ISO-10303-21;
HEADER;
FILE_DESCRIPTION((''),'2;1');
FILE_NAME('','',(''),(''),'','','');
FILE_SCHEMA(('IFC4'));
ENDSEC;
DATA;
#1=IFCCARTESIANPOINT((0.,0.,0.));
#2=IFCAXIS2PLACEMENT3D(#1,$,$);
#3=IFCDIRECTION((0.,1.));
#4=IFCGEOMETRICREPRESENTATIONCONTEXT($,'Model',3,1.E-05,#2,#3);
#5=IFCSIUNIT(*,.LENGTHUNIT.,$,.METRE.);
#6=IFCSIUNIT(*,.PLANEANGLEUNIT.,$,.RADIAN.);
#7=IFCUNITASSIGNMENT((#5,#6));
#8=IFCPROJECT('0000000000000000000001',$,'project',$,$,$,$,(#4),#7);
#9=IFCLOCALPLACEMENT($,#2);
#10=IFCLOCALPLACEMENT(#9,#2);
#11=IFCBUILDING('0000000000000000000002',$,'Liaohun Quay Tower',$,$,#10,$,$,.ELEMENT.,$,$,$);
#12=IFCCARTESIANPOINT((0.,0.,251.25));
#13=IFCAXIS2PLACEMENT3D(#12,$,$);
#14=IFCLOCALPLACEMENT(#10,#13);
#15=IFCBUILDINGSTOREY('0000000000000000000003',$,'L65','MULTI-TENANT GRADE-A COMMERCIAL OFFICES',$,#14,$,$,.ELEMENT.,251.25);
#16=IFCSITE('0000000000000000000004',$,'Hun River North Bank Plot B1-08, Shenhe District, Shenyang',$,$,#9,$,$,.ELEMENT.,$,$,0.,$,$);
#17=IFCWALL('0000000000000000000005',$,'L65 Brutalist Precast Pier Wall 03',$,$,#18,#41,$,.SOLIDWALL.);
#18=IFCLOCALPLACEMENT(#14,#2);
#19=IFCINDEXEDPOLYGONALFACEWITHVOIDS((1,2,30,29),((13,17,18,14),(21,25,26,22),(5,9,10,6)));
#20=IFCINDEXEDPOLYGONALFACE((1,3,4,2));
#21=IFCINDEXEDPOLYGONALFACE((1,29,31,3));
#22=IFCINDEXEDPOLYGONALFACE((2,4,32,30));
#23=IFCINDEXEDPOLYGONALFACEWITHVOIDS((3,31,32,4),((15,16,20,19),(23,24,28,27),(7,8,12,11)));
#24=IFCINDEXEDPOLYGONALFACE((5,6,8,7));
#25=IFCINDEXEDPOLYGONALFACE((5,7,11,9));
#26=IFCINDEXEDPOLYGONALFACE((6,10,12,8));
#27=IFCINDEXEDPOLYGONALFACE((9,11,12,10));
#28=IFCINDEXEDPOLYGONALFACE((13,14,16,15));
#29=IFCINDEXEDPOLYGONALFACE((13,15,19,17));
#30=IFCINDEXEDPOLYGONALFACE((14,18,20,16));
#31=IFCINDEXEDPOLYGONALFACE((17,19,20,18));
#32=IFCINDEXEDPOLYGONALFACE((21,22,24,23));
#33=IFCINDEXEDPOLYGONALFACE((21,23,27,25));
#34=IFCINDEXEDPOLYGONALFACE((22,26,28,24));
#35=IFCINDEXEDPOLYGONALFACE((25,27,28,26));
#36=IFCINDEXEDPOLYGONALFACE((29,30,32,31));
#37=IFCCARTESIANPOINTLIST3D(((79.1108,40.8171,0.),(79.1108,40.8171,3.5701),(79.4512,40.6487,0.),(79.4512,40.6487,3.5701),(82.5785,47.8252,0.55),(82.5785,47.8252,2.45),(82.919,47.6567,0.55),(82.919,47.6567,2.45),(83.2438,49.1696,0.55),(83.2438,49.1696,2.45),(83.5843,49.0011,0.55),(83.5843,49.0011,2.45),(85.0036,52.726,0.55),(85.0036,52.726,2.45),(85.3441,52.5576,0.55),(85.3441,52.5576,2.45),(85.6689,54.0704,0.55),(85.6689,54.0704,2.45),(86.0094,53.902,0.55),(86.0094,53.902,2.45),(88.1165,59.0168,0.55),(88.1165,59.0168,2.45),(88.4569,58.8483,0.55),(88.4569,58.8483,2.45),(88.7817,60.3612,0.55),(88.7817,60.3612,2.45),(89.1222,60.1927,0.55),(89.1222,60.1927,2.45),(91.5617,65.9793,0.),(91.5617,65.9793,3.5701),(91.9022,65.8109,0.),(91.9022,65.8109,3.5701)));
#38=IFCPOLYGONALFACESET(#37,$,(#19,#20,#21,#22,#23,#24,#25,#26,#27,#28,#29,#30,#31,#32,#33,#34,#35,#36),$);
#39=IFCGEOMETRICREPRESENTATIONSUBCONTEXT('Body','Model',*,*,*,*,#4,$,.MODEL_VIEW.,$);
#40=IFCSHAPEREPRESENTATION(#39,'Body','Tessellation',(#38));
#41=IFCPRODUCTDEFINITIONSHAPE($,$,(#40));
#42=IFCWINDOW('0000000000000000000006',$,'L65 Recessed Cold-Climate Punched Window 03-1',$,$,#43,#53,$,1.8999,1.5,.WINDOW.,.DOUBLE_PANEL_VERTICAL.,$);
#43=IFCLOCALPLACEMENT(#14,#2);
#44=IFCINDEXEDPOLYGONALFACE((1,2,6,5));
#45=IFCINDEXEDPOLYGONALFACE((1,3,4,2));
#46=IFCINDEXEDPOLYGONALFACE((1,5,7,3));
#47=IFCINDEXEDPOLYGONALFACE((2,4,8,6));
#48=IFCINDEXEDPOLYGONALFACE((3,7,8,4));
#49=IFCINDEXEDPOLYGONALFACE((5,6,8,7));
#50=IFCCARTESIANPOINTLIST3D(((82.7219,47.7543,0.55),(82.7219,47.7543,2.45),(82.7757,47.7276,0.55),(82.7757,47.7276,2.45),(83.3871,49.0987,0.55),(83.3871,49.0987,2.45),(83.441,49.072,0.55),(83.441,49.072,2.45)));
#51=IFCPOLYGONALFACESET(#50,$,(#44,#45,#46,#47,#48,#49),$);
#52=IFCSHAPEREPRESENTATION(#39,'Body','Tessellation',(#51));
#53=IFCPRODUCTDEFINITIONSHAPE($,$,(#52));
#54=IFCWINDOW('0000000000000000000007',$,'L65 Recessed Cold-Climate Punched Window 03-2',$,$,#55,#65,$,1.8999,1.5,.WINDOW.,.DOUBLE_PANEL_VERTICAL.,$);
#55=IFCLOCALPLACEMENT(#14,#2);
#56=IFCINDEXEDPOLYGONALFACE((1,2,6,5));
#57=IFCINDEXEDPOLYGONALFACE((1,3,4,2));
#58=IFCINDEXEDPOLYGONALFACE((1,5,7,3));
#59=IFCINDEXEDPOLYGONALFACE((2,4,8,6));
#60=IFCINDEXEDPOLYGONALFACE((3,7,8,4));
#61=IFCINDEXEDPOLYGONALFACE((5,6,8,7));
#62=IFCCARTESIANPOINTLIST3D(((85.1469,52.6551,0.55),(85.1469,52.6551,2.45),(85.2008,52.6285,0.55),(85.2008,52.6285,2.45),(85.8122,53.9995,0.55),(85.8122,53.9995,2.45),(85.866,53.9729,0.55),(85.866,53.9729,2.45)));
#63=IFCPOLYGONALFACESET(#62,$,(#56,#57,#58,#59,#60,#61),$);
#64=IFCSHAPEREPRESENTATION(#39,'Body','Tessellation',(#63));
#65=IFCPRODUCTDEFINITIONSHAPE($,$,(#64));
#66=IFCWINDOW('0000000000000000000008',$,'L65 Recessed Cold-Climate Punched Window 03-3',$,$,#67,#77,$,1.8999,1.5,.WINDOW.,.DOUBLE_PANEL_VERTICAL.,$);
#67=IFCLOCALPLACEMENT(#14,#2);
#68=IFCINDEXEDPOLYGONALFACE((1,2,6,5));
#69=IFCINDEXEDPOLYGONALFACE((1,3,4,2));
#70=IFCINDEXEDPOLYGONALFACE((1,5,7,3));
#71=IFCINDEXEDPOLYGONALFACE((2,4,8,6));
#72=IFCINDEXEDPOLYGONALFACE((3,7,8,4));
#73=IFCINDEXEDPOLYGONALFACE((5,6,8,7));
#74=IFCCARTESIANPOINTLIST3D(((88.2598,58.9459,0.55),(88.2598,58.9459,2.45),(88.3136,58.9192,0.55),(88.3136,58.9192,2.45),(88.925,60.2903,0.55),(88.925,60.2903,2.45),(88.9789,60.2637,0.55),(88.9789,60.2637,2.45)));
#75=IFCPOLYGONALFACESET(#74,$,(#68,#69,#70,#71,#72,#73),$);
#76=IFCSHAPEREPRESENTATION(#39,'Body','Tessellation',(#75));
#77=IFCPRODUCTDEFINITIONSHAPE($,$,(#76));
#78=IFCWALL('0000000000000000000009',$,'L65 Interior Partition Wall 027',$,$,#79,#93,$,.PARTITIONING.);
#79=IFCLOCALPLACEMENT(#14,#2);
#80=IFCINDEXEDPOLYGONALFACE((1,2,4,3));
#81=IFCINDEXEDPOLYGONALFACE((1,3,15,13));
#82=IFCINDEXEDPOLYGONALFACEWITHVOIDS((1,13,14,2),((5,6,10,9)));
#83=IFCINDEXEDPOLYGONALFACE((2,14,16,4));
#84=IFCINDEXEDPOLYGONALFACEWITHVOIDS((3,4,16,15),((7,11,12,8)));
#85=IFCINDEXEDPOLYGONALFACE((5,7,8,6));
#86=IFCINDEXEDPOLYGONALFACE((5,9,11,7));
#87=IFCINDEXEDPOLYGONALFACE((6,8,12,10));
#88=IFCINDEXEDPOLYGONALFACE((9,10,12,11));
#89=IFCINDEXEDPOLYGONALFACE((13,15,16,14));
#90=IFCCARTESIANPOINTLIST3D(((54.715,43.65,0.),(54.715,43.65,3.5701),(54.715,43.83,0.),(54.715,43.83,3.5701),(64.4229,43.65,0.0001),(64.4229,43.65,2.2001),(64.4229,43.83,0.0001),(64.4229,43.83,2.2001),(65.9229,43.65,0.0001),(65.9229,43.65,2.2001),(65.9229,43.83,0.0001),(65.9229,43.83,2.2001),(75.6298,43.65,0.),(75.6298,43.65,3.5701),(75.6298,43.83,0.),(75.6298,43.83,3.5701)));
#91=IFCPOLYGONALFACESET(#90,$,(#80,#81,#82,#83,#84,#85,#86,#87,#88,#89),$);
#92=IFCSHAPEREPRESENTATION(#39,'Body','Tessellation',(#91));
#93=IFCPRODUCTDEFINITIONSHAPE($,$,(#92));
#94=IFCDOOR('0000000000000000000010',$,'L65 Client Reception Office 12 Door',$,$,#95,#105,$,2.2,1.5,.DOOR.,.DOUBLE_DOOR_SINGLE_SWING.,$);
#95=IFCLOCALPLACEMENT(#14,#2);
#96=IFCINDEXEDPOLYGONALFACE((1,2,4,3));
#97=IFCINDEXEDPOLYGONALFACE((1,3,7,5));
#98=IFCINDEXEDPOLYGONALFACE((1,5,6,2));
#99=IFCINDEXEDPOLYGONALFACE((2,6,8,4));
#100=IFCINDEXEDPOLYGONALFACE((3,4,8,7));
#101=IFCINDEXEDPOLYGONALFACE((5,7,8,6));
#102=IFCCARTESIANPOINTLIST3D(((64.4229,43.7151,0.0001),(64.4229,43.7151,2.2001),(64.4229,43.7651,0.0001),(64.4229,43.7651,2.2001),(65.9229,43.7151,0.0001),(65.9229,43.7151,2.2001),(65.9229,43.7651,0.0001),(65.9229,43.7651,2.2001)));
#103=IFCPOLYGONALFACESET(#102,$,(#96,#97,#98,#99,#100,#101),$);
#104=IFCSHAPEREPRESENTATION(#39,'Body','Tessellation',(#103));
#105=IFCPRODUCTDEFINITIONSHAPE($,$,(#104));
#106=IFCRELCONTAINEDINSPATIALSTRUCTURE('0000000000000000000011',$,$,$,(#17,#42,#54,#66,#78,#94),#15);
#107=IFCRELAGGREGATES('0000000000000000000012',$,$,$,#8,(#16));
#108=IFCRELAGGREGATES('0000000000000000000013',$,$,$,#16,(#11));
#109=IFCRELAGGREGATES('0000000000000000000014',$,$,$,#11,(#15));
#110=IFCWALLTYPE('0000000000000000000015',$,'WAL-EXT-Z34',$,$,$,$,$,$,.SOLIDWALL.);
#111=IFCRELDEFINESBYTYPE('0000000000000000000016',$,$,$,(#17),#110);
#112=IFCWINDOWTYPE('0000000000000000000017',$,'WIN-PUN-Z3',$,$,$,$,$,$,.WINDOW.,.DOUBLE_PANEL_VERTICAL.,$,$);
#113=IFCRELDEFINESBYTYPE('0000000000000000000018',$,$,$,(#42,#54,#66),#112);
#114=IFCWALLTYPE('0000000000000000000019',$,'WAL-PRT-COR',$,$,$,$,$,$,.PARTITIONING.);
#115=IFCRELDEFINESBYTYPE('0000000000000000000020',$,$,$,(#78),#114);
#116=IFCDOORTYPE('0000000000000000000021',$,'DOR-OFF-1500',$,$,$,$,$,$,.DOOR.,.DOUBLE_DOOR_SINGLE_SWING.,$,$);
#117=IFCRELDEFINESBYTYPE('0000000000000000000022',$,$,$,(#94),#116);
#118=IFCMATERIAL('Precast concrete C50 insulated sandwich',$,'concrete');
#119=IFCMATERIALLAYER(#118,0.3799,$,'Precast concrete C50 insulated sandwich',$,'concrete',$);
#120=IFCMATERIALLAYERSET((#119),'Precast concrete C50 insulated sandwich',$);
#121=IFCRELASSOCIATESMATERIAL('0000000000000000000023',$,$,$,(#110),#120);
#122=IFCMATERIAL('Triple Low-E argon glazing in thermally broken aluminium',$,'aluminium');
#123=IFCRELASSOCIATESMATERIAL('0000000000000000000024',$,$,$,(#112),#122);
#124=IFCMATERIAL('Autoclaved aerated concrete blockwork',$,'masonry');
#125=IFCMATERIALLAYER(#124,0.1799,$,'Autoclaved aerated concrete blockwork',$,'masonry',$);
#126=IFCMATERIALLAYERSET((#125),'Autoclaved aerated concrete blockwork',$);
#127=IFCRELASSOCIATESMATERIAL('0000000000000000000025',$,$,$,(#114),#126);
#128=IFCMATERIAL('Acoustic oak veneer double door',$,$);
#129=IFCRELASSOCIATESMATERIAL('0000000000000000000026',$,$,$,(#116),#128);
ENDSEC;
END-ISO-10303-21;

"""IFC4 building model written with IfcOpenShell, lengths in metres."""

from ifc_helpers import new_model, si_unit, direction, frame, frame_2d, origin, place, context, subcontext, project, spatial, rectangle, extrude, source, transform, mapped, material, layer, layer_set, type_object, element, fill, save


model = new_model("IFC4")

# Units and contexts
model_context = context("Model", 3, precision=1e-05, world=origin(), true_north=direction((0.0, 1.0)))
body_context = subcontext(model_context, "Body", "Model", "MODEL_VIEW")
ifc_project = project(units=[si_unit("LENGTHUNIT", "METRE"), si_unit("PLANEANGLEUNIT", "RADIAN")], contexts=[model_context])

# Site, building, storey
site_placement = place(None, origin())
site = spatial("IfcSite", under=ifc_project, at=site_placement, Name="Hun River North Bank Plot B1-08, Shenhe District, Shenyang", CompositionType="ELEMENT", RefElevation=0.0)
building_placement = place(site_placement, origin())
building = spatial("IfcBuilding", under=site, at=building_placement, Name="Liaohun Quay Tower", CompositionType="ELEMENT")
storey_placement = place(building_placement, frame((0.0, 0.0, 251.25)))
storey = spatial("IfcBuildingStorey", under=building, at=storey_placement, Name="L65", Description="MULTI-TENANT GRADE-A COMMERCIAL OFFICES", CompositionType="ELEMENT", Elevation=251.25)

# Shared definitions
ifc_material_1 = material(Name="Precast concrete C50 insulated sandwich", Category="concrete")
ifc_layer_1 = layer(ifc_material_1, 0.3799, Name="Precast concrete C50 insulated sandwich", Category="concrete")
ifc_layer_set_1 = layer_set([ifc_layer_1], Name="Precast concrete C50 insulated sandwich")
wall_type_1 = type_object("IfcWallType", Name="WAL-EXT-Z34", PredefinedType="SOLIDWALL", material=ifc_layer_set_1)

# Wall, openings, windows
shared_shape_1 = source(origin(), body_context, "Body", "SweptSolid", [
    extrude(rectangle(XDim=1.5, YDim=1.8999, at=frame_2d((0.75, 0.95))), frame((0.0, 0.2, 0.0), z_axis=(0.0, -1.0, 0.0), x_axis=(1.0, 0.0, 0.0)), (0.0, 0.0, 1.0), 0.3999),
])
ifc_material_2 = material(Name="Triple Low-E argon glazing in thermally broken aluminium", Category="aluminium")
window_type_1 = type_object("IfcWindowType", Name="WIN-PUN-Z3", PartitioningType="DOUBLE_PANEL_VERTICAL", PredefinedType="WINDOW", material=ifc_material_2)
shared_shape_2 = source(origin(), body_context, "Body", "SweptSolid", [
    extrude(rectangle(XDim=1.5, YDim=1.8999, at=frame_2d((0.75, 0.95))), frame((0.0, 0.03, 0.0), z_axis=(0.0, -1.0, 0.0), x_axis=(1.0, 0.0, 0.0)), (0.0, 0.0, 1.0), 0.0601),
])
wall_1_placement = place(storey_placement, frame((79.281, 40.7329, 0.0), z_axis=(0.0, 0.0, 1.0), x_axis=(0.443502, 0.896274, 0.0)))
wall_1 = element("IfcWall", 1, at=wall_1_placement, inside=storey, type_object=wall_type_1, Name="L65 Brutalist Precast Pier Wall 03", PredefinedType="SOLIDWALL", context=body_context, shape_type="SweptSolid", body=[
    extrude(rectangle(XDim=28.0742, YDim=0.3799, at=frame_2d((14.0371, 0.0))), origin(), (0.0, 0.0, 1.0), 3.5701),
])
opening_1_placement = place(wall_1_placement, frame((7.8191, 0.0, 0.55)))
opening_1 = element("IfcOpeningElement", 2, at=opening_1_placement, cuts=wall_1, PredefinedType="OPENING", context=body_context, shape_type="MappedRepresentation", body=[
    mapped(shared_shape_1, transform((0.0, 0.0, 0.0), x_axis=(1.0, 0.0, 0.0), y_axis=(0.0, 1.0, 0.0), z_axis=(0.0, 0.0, 1.0), scale=1.0)),
])
opening_2_placement = place(wall_1_placement, frame((13.2871, 0.0, 0.55)))
opening_2 = element("IfcOpeningElement", 3, at=opening_2_placement, cuts=wall_1, PredefinedType="OPENING", context=body_context, shape_type="MappedRepresentation", body=[
    mapped(shared_shape_1, transform((0.0, 0.0, 0.0), x_axis=(1.0, 0.0, 0.0), y_axis=(0.0, 1.0, 0.0), z_axis=(0.0, 0.0, 1.0), scale=1.0)),
])
opening_3_placement = place(wall_1_placement, frame((20.3059, 0.0, 0.55)))
opening_3 = element("IfcOpeningElement", 4, at=opening_3_placement, cuts=wall_1, PredefinedType="OPENING", context=body_context, shape_type="MappedRepresentation", body=[
    mapped(shared_shape_1, transform((0.0, 0.0, 0.0), x_axis=(1.0, 0.0, 0.0), y_axis=(0.0, 1.0, 0.0), z_axis=(0.0, 0.0, 1.0), scale=1.0)),
])
window_1_placement = place(opening_1_placement, origin())
window_1 = element("IfcWindow", 5, at=window_1_placement, inside=storey, type_object=window_type_1, Name="L65 Recessed Cold-Climate Punched Window 03-1", OverallHeight=1.8999, OverallWidth=1.5, PartitioningType="DOUBLE_PANEL_VERTICAL", PredefinedType="WINDOW", context=body_context, shape_type="MappedRepresentation", body=[
    mapped(shared_shape_2, transform((0.0, 0.0, 0.0), x_axis=(1.0, 0.0, 0.0), y_axis=(0.0, 1.0, 0.0), z_axis=(0.0, 0.0, 1.0), scale=1.0)),
])
fill(opening_1, window_1)
window_2_placement = place(opening_2_placement, origin())
window_2 = element("IfcWindow", 6, at=window_2_placement, inside=storey, type_object=window_type_1, Name="L65 Recessed Cold-Climate Punched Window 03-2", OverallHeight=1.8999, OverallWidth=1.5, PartitioningType="DOUBLE_PANEL_VERTICAL", PredefinedType="WINDOW", context=body_context, shape_type="MappedRepresentation", body=[
    mapped(shared_shape_2, transform((0.0, 0.0, 0.0), x_axis=(1.0, 0.0, 0.0), y_axis=(0.0, 1.0, 0.0), z_axis=(0.0, 0.0, 1.0), scale=1.0)),
])
fill(opening_2, window_2)
window_3_placement = place(opening_3_placement, origin())
window_3 = element("IfcWindow", 7, at=window_3_placement, inside=storey, type_object=window_type_1, Name="L65 Recessed Cold-Climate Punched Window 03-3", OverallHeight=1.8999, OverallWidth=1.5, PartitioningType="DOUBLE_PANEL_VERTICAL", PredefinedType="WINDOW", context=body_context, shape_type="MappedRepresentation", body=[
    mapped(shared_shape_2, transform((0.0, 0.0, 0.0), x_axis=(1.0, 0.0, 0.0), y_axis=(0.0, 1.0, 0.0), z_axis=(0.0, 0.0, 1.0), scale=1.0)),
])
fill(opening_3, window_3)

# Wall, opening, door
ifc_material_3 = material(Name="Autoclaved aerated concrete blockwork", Category="masonry")
ifc_layer_2 = layer(ifc_material_3, 0.1799, Name="Autoclaved aerated concrete blockwork", Category="masonry")
ifc_layer_set_2 = layer_set([ifc_layer_2], Name="Autoclaved aerated concrete blockwork")
wall_type_2 = type_object("IfcWallType", Name="WAL-PRT-COR", PredefinedType="PARTITIONING", material=ifc_layer_set_2)
wall_2_placement = place(storey_placement, frame((75.6299, 43.74, 0.0), z_axis=(0.0, 0.0, 1.0), x_axis=(-1.0, 0.0, 0.0)))
wall_2 = element("IfcWall", 8, at=wall_2_placement, inside=storey, type_object=wall_type_2, Name="L65 Interior Partition Wall 027", PredefinedType="PARTITIONING", context=body_context, shape_type="SweptSolid", body=[
    extrude(rectangle(XDim=20.9148, YDim=0.1799, at=frame_2d((10.4575, 0.0))), origin(), (0.0, 0.0, 1.0), 3.5701),
])
shared_shape_3 = source(origin(), body_context, "Body", "SweptSolid", [
    extrude(rectangle(XDim=1.5, YDim=2.2, at=frame_2d((0.75, 1.1001))), frame((0.0, 0.0999, 0.0), z_axis=(0.0, -1.0, 0.0), x_axis=(1.0, 0.0, 0.0)), (0.0, 0.0, 1.0), 0.2),
])
opening_4_placement = place(wall_2_placement, frame((9.707, 0.0, 0.0)))
opening_4 = element("IfcOpeningElement", 9, at=opening_4_placement, cuts=wall_2, PredefinedType="OPENING", context=body_context, shape_type="MappedRepresentation", body=[
    mapped(shared_shape_3, transform((0.0, 0.0, 0.0), x_axis=(1.0, 0.0, 0.0), y_axis=(0.0, 1.0, 0.0), z_axis=(0.0, 0.0, 1.0), scale=1.0)),
])
ifc_material_4 = material(Name="Acoustic oak veneer double door")
door_type = type_object("IfcDoorType", Name="DOR-OFF-1500", OperationType="DOUBLE_DOOR_SINGLE_SWING", PredefinedType="DOOR", material=ifc_material_4)
shared_shape_4 = source(origin(), body_context, "Body", "SweptSolid", [
    extrude(rectangle(XDim=1.5, YDim=2.2, at=frame_2d((0.75, 1.1001))), frame((0.0, 0.0249, 0.0), z_axis=(0.0, -1.0, 0.0), x_axis=(1.0, 0.0, 0.0)), (0.0, 0.0, 1.0), 0.05),
])
door_placement = place(opening_4_placement, origin())
door = element("IfcDoor", 10, at=door_placement, inside=storey, type_object=door_type, Name="L65 Client Reception Office 12 Door", OperationType="DOUBLE_DOOR_SINGLE_SWING", OverallHeight=2.2, OverallWidth=1.5, PredefinedType="DOOR", context=body_context, shape_type="MappedRepresentation", body=[
    mapped(shared_shape_4, transform((0.0, 0.0, 0.0), x_axis=(1.0, 0.0, 0.0), y_axis=(0.0, 1.0, 0.0), z_axis=(0.0, 0.0, 1.0), scale=1.0)),
])
fill(opening_4, door)

save(model, "model.ifc")
